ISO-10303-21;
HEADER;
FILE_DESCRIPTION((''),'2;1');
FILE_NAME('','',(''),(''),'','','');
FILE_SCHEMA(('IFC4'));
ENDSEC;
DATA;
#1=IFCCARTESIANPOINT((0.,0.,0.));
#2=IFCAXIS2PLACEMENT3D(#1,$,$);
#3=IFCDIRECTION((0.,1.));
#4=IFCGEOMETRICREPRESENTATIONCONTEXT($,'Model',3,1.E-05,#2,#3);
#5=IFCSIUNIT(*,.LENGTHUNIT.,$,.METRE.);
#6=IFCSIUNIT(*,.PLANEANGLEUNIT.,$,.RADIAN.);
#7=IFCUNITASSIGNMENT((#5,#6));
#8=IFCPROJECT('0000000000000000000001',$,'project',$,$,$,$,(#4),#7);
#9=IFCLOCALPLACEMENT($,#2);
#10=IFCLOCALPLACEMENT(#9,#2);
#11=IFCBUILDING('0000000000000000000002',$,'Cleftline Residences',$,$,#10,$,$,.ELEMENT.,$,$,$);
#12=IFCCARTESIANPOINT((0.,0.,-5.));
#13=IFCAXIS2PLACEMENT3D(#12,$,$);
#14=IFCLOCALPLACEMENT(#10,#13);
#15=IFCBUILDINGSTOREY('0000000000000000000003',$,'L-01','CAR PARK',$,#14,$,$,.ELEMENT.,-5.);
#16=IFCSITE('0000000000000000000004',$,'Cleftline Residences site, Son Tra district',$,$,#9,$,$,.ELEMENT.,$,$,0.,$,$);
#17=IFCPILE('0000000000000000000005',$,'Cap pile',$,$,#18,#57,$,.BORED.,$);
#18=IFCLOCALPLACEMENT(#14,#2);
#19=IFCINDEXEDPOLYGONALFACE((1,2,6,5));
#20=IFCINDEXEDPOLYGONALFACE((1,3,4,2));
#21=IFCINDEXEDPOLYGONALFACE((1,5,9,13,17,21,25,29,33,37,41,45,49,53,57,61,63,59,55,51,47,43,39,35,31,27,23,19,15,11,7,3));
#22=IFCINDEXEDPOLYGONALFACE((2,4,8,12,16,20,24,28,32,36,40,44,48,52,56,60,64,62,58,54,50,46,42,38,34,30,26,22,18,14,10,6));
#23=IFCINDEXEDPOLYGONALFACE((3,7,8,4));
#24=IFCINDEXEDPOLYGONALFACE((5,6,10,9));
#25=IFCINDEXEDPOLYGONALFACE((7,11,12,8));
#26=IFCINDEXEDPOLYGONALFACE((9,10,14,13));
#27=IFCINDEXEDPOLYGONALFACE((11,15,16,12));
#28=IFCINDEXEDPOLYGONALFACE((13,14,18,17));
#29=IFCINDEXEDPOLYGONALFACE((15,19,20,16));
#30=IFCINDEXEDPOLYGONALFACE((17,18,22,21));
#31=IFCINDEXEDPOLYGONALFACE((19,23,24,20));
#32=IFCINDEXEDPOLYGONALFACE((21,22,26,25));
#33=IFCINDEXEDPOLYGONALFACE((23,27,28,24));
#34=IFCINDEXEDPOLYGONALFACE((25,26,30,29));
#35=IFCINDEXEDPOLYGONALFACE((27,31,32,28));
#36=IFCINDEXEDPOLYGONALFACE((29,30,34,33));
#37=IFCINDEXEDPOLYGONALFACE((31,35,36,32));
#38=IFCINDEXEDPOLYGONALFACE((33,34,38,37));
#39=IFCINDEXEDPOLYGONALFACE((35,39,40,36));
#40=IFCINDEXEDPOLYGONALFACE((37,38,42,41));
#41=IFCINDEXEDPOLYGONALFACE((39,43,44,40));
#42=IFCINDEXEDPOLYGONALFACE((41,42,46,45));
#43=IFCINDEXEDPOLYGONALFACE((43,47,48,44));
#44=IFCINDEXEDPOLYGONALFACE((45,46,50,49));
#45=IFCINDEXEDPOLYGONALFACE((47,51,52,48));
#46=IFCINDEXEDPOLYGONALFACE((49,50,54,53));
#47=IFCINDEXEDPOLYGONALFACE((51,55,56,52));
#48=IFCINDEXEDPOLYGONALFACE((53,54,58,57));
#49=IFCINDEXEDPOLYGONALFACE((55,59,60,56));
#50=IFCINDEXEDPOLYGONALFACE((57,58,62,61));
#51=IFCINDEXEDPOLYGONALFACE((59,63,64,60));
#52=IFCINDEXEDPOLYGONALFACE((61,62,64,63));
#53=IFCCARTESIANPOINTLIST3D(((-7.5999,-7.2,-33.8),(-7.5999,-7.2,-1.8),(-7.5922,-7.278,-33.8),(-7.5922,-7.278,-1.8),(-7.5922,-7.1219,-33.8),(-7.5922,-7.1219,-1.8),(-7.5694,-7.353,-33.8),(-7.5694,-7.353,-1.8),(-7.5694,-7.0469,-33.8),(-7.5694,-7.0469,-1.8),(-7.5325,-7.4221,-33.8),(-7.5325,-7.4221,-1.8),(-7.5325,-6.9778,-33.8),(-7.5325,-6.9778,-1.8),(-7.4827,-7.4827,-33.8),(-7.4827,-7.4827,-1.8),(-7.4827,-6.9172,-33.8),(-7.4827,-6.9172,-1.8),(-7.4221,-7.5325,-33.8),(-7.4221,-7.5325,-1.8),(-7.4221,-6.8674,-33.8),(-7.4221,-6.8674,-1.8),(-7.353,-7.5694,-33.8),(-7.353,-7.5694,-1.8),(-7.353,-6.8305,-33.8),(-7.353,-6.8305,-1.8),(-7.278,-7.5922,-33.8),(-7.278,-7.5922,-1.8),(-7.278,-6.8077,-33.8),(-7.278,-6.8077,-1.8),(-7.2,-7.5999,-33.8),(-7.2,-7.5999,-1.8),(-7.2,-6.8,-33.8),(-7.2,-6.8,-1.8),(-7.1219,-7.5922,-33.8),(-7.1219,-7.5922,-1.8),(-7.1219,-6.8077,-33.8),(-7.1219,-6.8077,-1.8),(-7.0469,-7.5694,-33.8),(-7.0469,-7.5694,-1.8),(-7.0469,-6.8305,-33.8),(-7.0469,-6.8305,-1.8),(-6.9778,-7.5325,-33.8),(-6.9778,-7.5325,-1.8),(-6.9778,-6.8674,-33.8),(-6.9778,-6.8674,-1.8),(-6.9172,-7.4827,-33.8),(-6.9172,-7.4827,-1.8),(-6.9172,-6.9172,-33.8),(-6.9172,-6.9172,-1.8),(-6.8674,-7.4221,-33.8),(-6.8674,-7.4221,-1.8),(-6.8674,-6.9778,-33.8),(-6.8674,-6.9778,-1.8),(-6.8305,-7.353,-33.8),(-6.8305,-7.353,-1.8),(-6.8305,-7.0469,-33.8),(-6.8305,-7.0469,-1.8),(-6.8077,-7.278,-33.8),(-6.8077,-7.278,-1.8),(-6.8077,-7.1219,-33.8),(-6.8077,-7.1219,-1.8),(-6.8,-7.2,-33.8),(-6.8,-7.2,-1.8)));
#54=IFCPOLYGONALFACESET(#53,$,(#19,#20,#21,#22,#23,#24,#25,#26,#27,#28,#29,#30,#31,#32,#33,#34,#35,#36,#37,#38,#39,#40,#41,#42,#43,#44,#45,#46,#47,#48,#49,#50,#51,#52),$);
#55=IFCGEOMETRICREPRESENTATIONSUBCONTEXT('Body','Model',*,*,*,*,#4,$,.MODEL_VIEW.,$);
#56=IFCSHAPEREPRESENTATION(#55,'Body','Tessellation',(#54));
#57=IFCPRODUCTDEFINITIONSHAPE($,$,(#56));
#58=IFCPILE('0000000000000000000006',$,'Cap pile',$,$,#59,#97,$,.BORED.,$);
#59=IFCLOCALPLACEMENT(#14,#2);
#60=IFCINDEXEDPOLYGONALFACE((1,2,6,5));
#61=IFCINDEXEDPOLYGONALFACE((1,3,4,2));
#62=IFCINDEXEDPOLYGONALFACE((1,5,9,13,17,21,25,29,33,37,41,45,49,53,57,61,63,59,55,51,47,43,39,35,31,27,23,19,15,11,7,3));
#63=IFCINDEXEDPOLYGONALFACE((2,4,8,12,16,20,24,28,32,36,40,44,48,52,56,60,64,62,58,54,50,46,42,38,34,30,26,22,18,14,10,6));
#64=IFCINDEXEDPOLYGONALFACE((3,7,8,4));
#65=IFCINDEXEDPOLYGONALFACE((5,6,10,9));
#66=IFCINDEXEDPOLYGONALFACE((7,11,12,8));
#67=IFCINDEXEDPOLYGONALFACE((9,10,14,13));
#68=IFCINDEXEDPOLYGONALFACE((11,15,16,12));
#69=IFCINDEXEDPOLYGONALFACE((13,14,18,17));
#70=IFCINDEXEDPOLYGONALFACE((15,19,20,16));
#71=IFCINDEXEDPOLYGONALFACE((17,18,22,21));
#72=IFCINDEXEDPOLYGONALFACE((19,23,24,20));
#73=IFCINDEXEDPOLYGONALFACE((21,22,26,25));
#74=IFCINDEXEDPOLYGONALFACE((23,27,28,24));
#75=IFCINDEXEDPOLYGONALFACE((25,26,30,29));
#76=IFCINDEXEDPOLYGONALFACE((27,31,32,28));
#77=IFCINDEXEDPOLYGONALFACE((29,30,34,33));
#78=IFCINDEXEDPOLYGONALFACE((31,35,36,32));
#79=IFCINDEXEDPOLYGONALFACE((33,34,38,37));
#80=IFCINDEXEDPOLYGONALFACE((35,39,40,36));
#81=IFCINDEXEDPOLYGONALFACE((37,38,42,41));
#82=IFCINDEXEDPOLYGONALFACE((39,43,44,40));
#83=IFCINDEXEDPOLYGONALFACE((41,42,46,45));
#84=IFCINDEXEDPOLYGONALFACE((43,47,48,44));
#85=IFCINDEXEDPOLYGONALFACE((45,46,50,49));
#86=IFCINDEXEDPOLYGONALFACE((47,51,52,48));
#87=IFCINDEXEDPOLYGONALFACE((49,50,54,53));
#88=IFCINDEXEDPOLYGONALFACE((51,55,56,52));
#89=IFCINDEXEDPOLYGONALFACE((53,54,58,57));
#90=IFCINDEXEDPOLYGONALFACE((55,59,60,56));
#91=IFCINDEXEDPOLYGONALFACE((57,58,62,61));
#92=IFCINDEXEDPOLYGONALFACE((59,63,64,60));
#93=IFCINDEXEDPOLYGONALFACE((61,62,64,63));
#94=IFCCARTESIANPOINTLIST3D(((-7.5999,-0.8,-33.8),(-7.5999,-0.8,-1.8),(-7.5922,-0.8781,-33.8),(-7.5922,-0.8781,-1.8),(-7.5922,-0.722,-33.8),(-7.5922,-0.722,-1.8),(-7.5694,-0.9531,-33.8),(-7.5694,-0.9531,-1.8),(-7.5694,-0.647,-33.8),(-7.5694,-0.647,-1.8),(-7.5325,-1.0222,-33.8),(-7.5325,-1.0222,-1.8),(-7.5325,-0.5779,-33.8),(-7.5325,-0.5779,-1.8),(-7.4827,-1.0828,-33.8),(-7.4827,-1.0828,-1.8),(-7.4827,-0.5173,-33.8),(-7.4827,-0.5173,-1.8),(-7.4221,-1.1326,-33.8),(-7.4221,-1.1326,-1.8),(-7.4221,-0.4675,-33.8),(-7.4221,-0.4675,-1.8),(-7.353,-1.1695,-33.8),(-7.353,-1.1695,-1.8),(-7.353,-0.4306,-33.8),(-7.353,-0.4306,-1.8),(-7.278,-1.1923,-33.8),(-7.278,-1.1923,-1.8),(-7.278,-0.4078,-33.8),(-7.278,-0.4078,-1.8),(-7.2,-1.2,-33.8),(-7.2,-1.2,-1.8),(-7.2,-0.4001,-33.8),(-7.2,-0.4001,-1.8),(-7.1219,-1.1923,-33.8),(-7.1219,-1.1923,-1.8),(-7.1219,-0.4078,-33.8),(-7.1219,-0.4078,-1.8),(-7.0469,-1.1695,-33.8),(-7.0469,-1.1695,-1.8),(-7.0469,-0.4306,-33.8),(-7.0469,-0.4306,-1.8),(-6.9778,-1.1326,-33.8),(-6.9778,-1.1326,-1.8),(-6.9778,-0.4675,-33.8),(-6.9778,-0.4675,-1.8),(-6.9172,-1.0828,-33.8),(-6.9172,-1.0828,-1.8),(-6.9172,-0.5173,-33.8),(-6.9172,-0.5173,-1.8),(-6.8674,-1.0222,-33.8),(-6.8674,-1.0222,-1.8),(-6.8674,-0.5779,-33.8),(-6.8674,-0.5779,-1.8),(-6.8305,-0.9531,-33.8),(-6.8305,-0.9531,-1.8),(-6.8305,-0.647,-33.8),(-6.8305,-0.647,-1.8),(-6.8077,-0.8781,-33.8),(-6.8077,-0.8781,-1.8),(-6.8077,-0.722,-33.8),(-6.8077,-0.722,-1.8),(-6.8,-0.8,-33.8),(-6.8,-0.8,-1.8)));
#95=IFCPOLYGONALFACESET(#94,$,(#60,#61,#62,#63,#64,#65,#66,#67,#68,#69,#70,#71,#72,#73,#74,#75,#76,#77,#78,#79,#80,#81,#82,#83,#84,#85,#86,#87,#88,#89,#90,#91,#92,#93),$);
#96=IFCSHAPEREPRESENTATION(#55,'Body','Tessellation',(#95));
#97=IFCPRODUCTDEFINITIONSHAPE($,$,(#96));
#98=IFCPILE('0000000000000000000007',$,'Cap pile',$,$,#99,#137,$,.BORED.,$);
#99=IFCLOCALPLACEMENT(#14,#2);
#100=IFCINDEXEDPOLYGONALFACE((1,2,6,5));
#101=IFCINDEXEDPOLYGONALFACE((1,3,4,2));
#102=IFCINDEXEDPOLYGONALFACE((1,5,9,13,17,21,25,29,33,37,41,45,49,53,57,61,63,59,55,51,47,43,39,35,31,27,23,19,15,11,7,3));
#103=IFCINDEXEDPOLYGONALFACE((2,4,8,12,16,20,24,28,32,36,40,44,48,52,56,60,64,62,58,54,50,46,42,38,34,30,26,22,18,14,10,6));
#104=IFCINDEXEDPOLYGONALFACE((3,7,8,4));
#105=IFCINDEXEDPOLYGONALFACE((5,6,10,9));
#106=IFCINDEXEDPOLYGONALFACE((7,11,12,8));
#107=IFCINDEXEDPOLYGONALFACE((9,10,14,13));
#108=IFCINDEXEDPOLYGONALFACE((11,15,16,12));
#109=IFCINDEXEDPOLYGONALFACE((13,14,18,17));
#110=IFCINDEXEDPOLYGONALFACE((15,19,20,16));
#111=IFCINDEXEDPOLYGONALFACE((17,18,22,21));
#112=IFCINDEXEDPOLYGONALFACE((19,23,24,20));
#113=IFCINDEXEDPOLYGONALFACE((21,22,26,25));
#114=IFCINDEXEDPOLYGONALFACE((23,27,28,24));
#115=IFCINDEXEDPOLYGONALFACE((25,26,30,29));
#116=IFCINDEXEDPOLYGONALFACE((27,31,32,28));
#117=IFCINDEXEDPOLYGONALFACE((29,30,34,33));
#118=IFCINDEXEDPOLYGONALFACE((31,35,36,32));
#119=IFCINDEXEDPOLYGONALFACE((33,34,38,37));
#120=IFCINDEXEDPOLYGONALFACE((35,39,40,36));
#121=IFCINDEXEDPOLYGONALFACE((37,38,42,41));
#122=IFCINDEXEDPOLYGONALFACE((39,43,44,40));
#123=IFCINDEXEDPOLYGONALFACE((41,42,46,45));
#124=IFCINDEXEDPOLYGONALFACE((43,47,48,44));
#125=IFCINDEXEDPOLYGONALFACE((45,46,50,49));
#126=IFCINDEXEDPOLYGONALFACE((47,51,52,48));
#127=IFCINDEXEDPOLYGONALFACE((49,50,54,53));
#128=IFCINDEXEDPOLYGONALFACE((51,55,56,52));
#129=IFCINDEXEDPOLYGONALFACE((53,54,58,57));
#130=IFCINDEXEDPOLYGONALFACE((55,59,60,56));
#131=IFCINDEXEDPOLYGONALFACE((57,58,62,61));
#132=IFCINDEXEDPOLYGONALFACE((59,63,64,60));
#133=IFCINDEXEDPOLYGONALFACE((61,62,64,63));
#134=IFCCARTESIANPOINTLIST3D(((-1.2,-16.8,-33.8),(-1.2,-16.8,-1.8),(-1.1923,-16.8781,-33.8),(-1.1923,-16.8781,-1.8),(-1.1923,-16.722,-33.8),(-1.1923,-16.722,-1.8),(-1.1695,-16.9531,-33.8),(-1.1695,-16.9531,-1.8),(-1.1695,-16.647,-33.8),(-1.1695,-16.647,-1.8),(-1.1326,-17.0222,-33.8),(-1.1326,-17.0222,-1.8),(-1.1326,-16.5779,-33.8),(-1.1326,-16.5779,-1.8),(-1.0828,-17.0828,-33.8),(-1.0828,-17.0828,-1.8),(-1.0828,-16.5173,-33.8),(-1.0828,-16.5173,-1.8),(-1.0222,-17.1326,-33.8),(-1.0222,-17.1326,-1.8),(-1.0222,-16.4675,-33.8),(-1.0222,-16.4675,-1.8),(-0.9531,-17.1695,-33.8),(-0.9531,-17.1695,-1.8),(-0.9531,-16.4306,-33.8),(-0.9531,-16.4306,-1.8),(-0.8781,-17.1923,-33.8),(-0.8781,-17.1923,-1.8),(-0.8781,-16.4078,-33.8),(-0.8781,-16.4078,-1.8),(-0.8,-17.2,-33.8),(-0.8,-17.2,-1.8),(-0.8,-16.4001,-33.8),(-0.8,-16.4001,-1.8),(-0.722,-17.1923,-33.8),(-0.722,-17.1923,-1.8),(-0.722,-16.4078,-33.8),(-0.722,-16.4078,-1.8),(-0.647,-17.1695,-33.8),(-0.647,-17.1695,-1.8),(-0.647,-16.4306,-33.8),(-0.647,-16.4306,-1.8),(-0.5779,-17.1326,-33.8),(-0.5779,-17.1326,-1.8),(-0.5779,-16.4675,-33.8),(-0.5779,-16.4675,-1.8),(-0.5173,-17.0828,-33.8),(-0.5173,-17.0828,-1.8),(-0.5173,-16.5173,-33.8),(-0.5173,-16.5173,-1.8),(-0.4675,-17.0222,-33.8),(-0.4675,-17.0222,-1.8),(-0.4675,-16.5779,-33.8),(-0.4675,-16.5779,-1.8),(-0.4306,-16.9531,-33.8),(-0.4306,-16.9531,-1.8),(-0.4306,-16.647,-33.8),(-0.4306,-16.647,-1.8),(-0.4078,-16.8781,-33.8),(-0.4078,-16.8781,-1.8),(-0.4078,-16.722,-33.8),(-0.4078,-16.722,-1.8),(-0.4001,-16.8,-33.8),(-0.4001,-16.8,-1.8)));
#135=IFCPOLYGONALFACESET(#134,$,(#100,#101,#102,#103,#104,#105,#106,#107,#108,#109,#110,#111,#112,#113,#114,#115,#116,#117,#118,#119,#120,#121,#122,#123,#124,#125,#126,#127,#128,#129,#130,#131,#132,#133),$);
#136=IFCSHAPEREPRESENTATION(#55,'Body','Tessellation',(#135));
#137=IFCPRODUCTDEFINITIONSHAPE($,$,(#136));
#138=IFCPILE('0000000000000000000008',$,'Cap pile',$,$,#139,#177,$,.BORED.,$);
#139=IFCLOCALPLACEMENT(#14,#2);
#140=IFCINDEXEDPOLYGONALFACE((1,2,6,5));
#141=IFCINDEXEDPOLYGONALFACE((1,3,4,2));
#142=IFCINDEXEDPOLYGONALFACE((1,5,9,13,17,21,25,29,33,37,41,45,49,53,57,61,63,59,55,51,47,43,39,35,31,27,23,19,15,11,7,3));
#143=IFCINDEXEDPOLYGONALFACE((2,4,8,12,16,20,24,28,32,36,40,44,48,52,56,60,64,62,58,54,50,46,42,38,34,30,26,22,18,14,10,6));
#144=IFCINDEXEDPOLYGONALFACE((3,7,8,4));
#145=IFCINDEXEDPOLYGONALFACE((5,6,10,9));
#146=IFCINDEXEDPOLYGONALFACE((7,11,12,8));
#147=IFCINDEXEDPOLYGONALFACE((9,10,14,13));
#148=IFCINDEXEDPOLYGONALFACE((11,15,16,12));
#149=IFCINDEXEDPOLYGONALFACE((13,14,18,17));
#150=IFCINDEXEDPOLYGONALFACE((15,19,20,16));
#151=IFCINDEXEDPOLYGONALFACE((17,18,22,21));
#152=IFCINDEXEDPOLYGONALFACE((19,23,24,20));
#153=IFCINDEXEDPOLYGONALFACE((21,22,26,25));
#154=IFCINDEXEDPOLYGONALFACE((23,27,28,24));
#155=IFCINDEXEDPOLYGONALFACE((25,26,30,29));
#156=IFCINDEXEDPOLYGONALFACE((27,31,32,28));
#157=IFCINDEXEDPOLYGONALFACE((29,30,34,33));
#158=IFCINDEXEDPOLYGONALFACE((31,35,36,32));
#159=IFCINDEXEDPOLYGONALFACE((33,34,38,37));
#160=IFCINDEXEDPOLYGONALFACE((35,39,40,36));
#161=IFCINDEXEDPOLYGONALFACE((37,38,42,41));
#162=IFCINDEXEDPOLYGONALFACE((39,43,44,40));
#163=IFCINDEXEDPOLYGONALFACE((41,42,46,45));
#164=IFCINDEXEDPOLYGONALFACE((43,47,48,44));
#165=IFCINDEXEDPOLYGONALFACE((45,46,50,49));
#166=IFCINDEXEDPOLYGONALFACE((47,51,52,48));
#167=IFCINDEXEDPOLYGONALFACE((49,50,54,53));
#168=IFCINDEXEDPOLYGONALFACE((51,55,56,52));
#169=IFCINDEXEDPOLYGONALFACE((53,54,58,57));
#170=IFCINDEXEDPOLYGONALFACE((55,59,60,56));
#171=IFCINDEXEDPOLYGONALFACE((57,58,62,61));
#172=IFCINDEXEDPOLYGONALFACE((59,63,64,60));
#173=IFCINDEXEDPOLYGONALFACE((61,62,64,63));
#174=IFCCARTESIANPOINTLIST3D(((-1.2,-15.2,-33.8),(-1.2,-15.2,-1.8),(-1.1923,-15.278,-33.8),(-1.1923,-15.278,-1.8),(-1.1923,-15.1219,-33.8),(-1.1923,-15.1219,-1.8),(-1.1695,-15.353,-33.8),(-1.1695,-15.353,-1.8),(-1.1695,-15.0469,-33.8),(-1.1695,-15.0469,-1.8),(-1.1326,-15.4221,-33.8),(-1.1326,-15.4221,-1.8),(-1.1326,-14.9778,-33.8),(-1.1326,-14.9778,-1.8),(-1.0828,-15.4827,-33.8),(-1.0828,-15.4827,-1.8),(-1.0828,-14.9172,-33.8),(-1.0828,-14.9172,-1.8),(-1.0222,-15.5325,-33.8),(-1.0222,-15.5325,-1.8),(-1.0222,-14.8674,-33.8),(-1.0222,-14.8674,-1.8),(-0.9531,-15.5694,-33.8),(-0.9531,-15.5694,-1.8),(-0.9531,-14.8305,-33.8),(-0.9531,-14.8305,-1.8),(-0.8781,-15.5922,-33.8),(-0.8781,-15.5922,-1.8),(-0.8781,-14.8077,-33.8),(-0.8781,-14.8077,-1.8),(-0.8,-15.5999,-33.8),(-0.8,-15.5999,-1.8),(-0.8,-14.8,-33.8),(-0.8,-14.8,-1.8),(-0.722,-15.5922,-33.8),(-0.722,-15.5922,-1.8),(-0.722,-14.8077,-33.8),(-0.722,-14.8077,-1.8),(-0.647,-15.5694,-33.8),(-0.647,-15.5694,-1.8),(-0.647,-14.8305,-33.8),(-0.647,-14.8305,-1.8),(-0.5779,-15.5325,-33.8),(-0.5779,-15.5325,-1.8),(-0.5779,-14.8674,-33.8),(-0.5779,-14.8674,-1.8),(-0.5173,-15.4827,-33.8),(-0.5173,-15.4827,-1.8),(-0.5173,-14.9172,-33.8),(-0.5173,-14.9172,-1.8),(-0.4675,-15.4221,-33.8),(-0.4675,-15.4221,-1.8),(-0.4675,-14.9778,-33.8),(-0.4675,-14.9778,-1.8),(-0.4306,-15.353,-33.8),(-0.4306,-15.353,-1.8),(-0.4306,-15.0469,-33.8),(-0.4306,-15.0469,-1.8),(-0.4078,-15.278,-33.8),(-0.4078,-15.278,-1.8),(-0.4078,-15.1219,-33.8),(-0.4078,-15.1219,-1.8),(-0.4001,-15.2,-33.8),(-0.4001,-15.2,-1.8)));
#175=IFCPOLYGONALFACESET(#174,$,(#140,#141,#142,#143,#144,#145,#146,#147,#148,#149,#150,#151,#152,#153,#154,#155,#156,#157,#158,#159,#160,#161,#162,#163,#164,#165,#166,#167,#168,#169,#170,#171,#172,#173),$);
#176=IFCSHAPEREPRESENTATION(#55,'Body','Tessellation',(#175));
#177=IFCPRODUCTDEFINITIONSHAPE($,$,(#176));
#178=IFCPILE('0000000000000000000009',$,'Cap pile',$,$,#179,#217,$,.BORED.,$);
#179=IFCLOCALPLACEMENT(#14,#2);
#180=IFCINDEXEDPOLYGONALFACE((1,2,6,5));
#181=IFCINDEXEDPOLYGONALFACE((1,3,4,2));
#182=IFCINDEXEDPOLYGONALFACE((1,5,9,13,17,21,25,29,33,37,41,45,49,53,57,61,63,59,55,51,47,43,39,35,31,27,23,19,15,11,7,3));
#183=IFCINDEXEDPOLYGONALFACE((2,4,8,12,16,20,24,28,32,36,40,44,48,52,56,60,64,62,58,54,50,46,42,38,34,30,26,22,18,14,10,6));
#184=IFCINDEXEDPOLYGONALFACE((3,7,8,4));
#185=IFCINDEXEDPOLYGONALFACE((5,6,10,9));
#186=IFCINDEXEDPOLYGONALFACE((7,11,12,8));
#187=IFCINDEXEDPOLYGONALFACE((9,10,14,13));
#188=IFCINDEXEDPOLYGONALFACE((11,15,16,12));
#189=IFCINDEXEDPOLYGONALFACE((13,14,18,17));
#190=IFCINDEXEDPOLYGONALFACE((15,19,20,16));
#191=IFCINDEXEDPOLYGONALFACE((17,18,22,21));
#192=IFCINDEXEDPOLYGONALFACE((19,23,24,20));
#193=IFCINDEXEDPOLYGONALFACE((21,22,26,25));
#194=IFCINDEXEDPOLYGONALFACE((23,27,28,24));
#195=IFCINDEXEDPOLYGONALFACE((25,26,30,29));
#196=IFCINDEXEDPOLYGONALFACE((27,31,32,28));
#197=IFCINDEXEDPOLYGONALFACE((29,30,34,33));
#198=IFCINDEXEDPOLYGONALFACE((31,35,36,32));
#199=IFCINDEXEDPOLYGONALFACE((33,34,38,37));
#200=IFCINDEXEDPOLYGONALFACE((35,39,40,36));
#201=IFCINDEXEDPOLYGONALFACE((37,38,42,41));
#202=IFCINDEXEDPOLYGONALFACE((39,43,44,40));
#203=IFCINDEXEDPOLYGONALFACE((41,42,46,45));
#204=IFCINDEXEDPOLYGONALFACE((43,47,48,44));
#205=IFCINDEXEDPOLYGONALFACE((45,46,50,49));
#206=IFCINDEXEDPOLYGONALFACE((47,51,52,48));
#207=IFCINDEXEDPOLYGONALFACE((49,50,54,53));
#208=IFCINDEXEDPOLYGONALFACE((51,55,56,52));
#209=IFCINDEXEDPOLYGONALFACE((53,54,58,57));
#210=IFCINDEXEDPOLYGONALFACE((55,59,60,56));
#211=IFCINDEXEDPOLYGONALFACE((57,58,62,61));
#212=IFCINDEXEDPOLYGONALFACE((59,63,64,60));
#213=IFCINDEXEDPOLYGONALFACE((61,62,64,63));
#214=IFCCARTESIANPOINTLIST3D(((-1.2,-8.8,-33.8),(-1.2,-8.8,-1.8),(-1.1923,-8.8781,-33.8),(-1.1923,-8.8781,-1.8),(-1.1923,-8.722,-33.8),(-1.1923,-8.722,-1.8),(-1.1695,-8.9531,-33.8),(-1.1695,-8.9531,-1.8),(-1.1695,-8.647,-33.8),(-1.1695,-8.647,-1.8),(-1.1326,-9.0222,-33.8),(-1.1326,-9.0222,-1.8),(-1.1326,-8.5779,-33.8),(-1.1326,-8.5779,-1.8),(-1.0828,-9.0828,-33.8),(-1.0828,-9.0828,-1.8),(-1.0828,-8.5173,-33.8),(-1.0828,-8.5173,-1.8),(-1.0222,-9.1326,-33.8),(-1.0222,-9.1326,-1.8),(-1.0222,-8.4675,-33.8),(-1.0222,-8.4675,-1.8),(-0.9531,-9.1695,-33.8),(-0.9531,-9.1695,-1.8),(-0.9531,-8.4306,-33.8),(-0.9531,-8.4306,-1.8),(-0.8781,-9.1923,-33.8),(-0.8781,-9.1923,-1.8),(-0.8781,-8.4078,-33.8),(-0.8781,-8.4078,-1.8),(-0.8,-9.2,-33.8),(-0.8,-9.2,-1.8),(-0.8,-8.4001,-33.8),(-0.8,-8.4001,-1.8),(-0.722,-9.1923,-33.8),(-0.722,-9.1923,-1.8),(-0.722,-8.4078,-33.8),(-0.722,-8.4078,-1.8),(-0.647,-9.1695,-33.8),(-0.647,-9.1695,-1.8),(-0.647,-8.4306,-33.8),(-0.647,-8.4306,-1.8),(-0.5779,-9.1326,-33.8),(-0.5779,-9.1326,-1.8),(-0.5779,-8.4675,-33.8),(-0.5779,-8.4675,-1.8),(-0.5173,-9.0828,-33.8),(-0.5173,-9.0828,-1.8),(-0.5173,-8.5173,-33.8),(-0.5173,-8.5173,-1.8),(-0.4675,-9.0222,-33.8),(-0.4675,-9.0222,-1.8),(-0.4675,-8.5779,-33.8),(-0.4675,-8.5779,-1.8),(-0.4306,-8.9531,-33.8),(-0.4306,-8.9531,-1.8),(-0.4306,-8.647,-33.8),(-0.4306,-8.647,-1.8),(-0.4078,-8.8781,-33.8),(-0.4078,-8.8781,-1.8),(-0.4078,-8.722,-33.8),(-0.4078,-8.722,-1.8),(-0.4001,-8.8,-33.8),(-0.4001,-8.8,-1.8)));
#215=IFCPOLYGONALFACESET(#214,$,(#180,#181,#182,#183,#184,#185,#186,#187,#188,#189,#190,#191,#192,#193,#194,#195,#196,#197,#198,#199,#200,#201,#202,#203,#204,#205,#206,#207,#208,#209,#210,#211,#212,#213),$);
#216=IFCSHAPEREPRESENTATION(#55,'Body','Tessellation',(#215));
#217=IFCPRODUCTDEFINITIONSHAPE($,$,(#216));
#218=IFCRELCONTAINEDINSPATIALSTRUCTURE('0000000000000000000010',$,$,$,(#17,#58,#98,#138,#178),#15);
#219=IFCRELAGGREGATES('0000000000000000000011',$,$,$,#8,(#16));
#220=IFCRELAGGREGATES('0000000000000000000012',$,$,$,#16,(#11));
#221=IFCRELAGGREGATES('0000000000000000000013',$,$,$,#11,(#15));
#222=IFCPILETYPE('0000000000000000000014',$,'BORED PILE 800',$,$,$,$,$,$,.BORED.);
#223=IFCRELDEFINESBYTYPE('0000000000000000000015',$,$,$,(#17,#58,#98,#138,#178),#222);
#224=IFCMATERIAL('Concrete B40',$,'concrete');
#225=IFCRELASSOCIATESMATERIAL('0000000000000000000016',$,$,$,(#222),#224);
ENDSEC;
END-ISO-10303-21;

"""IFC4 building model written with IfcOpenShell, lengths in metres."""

from ifc_helpers import new_model, si_unit, direction, frame, origin, origin_2d, place, context, subcontext, project, spatial, circle, extrude, material, material_profile, profile_set, type_object, element, save


model = new_model("IFC4")

# Units and contexts
model_context = context("Model", 3, precision=1e-05, world=origin(), true_north=direction((0.0, 1.0)))
body_context = subcontext(model_context, "Body", "Model", "MODEL_VIEW")
ifc_project = project(units=[si_unit("LENGTHUNIT", "METRE"), si_unit("PLANEANGLEUNIT", "RADIAN")], contexts=[model_context])

# Site, building, storey
site_placement = place(None, origin())
site = spatial("IfcSite", under=ifc_project, at=site_placement, Name="Cleftline Residences site, Son Tra district", CompositionType="ELEMENT", RefElevation=0.0)
building_placement = place(site_placement, origin())
building = spatial("IfcBuilding", under=site, at=building_placement, Name="Cleftline Residences", CompositionType="ELEMENT")
storey_placement = place(building_placement, frame((0.0, 0.0, -5.0)))
storey = spatial("IfcBuildingStorey", under=building, at=storey_placement, Name="L-01", Description="CAR PARK", CompositionType="ELEMENT", Elevation=-5.0)

# Piles
ifc_material_1 = material(Name="Concrete B40", Category="concrete")
ifc_material_profile_1 = material_profile(ifc_material_1, circle(Radius=0.3999, at=origin_2d()))
ifc_profile_set_1 = profile_set([ifc_material_profile_1], Name="Concrete B40")
pile_type_1 = type_object("IfcPileType", Name="BORED PILE 800", PredefinedType="BORED", material=ifc_profile_set_1)
for number, where, z_axis, x_axis, name in (
    (1, (-7.2, -7.2, -1.8), (0.0, 0.0, -1.0), (1.0, 0.0, 0.0), "Cap pile"),
    (2, (-7.2, -0.8, -1.8), (0.0, 0.0, -1.0), (1.0, 0.0, 0.0), "Cap pile"),
    (3, (-0.8, -16.8, -1.8), (0.0, 0.0, -1.0), (1.0, 0.0, 0.0), "Cap pile"),
    (4, (-0.8, -15.2, -1.8), (0.0, 0.0, -1.0), (1.0, 0.0, 0.0), "Cap pile"),
    (5, (-0.8, -8.8, -1.8), (0.0, 0.0, -1.0), (1.0, 0.0, 0.0), "Cap pile"),
):
    element("IfcPile", number, at=place(storey_placement, frame(where, z_axis=z_axis, x_axis=x_axis)), inside=storey, type_object=pile_type_1, Name=name, PredefinedType="BORED", context=body_context, shape_type="SweptSolid", body=[
        extrude(circle(Radius=0.3999, at=origin_2d()), origin(), (0.0, 0.0, 1.0), 32.0),
    ])

save(model, "model.ifc")
